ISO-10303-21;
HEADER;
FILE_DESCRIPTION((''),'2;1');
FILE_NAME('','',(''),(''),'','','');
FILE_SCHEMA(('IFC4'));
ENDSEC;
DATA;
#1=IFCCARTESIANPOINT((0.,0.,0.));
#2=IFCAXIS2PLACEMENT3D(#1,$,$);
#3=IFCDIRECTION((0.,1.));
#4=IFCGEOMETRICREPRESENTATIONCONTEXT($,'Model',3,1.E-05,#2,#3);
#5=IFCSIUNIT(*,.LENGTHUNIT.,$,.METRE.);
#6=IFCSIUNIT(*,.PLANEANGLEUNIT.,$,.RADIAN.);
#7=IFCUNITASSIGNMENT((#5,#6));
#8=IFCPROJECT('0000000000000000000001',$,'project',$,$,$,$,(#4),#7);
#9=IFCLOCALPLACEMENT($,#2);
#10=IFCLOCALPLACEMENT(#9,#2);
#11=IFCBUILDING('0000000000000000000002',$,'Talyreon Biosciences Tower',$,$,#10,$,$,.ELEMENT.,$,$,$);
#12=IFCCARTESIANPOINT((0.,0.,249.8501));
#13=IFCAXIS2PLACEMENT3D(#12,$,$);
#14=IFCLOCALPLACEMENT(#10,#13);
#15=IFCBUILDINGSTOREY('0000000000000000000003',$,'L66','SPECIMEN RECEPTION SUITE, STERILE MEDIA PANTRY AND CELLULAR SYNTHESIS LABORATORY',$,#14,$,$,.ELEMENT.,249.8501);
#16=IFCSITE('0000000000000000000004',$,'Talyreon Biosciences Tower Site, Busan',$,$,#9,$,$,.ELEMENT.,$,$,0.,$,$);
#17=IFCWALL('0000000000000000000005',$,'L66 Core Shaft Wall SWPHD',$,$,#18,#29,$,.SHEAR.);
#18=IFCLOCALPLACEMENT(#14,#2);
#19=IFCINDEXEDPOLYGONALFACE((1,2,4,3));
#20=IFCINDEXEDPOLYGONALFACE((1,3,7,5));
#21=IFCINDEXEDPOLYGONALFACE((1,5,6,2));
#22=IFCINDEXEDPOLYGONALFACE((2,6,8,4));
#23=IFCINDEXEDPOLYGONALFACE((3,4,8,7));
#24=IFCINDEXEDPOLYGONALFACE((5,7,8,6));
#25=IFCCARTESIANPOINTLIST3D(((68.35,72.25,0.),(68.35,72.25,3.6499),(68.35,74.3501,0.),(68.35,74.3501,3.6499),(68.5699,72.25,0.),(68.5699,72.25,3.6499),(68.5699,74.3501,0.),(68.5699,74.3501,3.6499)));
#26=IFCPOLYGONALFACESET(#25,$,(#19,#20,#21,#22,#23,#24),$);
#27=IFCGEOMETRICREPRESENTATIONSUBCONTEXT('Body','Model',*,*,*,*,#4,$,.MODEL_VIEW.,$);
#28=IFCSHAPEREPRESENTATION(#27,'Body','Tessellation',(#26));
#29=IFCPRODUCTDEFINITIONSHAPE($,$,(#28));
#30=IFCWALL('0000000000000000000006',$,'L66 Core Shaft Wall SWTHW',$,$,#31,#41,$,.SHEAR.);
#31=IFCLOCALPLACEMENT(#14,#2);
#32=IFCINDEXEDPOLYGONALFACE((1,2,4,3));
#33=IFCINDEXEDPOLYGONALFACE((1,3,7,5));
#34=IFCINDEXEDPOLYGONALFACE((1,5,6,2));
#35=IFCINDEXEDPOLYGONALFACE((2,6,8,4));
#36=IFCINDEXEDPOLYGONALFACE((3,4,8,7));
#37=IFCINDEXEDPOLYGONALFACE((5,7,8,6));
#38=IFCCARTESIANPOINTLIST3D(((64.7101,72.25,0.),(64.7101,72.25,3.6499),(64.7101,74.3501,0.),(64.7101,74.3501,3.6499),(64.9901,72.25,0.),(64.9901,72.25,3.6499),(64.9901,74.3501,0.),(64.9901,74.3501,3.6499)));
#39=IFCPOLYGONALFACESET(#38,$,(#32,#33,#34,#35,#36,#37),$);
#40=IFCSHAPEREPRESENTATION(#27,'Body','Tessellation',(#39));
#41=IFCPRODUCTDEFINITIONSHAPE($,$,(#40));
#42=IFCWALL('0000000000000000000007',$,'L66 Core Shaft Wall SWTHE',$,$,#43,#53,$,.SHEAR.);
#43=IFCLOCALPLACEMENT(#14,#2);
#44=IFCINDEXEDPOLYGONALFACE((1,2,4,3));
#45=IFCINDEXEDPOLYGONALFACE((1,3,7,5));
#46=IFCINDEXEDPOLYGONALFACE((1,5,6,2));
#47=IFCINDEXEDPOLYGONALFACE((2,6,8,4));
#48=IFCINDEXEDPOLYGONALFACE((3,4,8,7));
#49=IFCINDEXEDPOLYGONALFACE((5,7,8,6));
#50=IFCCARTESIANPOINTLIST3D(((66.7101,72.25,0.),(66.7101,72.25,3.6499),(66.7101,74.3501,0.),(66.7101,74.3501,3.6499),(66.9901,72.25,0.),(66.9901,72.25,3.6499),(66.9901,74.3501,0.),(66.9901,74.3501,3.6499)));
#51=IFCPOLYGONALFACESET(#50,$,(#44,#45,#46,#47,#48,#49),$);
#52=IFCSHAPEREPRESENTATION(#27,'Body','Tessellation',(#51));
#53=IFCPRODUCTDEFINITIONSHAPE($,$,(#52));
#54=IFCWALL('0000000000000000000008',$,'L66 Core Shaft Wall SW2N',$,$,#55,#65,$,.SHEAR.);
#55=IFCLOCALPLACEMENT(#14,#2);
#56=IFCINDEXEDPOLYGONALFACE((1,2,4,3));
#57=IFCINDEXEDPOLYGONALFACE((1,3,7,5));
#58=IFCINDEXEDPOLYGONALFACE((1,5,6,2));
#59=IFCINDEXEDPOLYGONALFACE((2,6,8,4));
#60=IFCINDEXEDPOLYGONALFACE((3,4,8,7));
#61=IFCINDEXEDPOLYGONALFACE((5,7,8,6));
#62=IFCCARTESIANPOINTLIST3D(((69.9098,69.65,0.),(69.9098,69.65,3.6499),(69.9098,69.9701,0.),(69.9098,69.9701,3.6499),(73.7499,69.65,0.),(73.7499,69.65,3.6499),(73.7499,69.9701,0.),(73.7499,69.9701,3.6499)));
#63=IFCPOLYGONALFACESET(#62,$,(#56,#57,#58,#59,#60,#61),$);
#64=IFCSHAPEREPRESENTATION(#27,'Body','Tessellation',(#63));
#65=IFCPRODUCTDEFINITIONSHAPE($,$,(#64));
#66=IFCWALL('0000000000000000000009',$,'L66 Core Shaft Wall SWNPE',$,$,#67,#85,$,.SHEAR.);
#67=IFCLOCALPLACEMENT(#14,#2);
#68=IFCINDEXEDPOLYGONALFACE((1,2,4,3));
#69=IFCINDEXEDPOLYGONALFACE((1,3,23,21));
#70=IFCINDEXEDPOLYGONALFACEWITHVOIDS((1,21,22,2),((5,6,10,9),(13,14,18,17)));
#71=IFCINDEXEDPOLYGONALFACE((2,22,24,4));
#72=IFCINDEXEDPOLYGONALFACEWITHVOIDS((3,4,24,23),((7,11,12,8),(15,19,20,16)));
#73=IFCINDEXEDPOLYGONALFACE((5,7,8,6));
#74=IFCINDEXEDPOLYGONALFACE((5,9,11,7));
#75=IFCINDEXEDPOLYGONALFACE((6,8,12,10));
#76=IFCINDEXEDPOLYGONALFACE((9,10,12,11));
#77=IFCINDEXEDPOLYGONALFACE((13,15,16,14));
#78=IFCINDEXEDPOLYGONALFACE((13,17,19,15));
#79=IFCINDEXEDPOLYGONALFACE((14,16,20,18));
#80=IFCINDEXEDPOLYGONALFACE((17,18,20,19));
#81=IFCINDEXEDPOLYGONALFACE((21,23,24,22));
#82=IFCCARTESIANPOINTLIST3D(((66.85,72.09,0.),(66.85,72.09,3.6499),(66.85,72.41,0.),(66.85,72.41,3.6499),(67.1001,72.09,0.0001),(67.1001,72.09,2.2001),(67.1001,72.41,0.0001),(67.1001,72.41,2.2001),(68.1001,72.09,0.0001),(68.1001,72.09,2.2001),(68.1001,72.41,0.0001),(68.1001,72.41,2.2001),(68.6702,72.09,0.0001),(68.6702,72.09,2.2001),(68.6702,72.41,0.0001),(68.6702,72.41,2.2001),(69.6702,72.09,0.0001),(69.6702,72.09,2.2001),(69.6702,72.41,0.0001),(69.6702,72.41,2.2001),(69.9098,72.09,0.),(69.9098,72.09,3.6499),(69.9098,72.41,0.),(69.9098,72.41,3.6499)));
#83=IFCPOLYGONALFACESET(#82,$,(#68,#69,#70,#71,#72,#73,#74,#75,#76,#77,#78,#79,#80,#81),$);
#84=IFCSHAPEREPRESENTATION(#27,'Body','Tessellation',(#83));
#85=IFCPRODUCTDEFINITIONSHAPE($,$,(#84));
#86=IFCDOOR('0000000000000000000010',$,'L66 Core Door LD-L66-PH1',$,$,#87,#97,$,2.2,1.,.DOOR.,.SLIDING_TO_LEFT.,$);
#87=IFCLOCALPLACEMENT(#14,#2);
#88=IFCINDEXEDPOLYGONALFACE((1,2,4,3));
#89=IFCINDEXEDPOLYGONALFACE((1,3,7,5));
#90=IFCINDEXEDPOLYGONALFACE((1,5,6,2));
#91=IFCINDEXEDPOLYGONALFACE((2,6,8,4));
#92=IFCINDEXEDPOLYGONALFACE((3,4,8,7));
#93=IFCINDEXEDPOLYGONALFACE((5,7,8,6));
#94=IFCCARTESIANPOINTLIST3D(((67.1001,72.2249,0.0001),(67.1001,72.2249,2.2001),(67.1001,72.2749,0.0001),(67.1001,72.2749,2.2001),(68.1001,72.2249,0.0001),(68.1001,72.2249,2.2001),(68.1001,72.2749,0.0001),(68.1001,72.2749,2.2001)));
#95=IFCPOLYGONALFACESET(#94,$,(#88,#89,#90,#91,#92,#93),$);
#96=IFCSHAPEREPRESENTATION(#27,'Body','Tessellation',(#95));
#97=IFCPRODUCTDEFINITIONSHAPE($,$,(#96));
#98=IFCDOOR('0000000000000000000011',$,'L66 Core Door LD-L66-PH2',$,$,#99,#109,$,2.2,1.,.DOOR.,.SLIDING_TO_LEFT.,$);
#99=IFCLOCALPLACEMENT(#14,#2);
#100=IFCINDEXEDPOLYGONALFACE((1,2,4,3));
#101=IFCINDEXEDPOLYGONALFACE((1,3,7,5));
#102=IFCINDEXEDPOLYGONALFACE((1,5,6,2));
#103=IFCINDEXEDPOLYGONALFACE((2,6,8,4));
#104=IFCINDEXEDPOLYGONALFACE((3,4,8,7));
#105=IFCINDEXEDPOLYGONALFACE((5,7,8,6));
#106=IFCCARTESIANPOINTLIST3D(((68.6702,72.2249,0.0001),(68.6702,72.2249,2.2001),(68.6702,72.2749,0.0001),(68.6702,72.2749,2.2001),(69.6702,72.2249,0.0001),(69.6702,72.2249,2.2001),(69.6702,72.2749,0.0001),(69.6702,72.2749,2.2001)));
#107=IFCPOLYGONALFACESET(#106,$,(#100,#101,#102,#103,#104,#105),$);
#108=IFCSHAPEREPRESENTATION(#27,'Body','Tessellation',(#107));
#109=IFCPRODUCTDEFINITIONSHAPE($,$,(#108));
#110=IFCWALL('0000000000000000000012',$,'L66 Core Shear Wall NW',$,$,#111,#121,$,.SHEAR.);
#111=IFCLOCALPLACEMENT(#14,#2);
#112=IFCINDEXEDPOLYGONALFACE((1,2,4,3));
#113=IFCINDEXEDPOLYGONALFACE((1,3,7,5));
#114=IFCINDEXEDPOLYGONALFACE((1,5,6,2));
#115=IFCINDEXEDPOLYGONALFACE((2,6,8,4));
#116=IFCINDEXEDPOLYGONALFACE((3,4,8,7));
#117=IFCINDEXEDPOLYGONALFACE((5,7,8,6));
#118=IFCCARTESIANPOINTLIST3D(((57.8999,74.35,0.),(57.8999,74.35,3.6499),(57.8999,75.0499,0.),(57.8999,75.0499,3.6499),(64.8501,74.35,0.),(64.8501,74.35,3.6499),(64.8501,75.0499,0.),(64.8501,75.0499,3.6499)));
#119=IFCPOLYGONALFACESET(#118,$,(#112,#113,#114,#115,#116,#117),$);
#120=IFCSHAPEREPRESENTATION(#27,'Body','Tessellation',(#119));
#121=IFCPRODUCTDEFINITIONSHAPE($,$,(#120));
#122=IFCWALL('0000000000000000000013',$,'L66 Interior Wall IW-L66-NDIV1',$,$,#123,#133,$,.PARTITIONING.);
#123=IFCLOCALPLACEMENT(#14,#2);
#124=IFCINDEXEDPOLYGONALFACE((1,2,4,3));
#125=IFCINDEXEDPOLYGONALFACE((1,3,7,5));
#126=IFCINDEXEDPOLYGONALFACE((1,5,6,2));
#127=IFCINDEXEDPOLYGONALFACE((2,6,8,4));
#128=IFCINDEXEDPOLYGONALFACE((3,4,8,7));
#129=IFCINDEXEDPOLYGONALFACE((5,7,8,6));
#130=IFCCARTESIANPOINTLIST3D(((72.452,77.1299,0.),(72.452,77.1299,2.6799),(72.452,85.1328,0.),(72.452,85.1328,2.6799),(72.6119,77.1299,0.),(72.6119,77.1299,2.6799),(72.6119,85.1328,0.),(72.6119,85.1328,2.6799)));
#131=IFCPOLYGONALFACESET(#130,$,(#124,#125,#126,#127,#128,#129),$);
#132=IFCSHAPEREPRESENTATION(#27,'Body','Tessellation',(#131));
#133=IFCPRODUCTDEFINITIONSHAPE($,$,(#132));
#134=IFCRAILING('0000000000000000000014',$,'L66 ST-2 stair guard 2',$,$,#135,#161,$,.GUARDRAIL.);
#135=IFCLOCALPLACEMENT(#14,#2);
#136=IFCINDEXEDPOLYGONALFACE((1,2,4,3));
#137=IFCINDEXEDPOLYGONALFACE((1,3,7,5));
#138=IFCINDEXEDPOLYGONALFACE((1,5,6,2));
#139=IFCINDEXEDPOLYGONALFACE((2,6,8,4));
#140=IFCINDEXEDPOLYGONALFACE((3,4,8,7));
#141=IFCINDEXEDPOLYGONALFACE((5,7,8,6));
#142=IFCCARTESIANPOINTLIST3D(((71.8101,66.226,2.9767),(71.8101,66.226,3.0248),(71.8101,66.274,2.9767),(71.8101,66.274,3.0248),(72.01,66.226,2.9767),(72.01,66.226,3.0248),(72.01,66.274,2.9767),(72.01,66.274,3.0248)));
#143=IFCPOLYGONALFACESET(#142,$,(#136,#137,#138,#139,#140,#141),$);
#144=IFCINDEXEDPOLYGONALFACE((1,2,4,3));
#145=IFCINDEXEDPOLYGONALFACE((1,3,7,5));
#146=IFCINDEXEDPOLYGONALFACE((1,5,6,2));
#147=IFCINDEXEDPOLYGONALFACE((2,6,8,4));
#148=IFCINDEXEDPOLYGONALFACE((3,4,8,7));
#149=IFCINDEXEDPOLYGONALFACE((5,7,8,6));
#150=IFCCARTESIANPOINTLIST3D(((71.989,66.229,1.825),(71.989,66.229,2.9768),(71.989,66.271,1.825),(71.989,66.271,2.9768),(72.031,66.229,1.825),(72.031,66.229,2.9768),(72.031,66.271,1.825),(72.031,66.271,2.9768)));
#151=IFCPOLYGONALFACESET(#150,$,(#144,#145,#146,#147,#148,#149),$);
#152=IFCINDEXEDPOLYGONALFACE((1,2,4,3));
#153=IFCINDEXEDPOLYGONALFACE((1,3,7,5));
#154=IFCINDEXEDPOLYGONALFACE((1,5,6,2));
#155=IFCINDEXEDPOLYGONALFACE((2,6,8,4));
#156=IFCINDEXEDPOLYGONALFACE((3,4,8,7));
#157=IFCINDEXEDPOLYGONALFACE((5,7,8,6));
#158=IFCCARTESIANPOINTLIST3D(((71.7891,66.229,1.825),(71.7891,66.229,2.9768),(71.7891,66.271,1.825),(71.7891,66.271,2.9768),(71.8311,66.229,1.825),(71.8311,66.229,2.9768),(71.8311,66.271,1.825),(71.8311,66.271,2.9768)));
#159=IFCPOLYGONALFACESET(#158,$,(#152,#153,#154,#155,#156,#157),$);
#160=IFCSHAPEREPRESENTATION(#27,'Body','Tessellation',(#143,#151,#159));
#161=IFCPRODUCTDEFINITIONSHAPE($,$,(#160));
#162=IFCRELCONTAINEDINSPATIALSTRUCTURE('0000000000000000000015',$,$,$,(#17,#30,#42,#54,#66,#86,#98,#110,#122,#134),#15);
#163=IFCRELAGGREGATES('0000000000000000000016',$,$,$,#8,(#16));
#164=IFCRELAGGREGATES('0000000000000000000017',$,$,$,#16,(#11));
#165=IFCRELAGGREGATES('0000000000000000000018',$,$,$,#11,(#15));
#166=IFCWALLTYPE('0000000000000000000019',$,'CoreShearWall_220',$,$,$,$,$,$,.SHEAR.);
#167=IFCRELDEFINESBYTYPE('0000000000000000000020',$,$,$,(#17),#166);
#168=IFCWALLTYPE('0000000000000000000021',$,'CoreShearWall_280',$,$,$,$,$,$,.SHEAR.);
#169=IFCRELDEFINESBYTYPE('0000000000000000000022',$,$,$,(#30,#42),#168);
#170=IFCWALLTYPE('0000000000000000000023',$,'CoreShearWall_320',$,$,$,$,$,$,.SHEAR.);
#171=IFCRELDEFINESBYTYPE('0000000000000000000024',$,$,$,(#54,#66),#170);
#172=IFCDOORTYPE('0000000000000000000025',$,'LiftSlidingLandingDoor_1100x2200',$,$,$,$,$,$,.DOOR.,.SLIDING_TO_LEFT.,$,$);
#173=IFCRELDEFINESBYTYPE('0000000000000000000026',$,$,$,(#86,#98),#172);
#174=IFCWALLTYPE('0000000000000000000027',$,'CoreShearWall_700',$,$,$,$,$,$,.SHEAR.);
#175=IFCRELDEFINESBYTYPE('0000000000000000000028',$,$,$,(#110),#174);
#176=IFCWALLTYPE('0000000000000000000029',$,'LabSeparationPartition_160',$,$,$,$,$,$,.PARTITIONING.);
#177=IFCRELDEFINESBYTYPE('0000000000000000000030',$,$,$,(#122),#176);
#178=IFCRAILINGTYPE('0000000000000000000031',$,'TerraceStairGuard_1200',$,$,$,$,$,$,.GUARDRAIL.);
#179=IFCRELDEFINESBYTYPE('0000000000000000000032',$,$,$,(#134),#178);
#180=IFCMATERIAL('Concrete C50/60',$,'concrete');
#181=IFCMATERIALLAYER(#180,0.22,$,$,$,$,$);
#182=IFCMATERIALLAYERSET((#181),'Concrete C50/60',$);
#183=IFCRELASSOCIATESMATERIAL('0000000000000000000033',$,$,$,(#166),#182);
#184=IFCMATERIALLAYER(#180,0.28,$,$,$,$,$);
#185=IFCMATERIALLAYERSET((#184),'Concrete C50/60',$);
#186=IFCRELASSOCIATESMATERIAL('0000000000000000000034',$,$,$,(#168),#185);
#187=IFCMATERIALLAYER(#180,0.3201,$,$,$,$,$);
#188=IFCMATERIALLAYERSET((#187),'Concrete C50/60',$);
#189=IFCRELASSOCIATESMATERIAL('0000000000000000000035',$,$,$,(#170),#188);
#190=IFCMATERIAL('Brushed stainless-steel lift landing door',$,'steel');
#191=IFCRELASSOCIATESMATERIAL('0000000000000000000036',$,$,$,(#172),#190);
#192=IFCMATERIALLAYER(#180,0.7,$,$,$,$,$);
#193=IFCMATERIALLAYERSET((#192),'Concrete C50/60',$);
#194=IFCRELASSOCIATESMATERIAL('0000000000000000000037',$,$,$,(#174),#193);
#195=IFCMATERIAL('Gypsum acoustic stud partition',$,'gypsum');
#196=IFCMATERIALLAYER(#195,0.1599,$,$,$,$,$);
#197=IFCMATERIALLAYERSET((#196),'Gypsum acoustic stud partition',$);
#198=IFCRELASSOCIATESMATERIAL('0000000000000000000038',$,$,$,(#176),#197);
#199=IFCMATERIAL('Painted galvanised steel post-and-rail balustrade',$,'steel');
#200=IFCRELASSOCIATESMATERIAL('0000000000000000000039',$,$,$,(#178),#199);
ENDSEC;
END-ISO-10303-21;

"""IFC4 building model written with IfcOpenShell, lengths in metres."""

from ifc_helpers import new_model, si_unit, direction, frame, frame_2d, origin, origin_2d, place, context, subcontext, project, spatial, rectangle, extrude, material, layer, layer_set, type_object, element, fill, save


model = new_model("IFC4")

# Units and contexts
model_context = context("Model", 3, precision=1e-05, world=origin(), true_north=direction((0.0, 1.0)))
body_context = subcontext(model_context, "Body", "Model", "MODEL_VIEW")
ifc_project = project(units=[si_unit("LENGTHUNIT", "METRE"), si_unit("PLANEANGLEUNIT", "RADIAN")], contexts=[model_context])

# Site, building, storey
site_placement = place(None, origin())
site = spatial("IfcSite", under=ifc_project, at=site_placement, Name="Talyreon Biosciences Tower Site, Busan", CompositionType="ELEMENT", RefElevation=0.0)
building_placement = place(site_placement, origin())
building = spatial("IfcBuilding", under=site, at=building_placement, Name="Talyreon Biosciences Tower", CompositionType="ELEMENT")
storey_placement = place(building_placement, frame((0.0, 0.0, 249.8501)))
storey = spatial("IfcBuildingStorey", under=building, at=storey_placement, Name="L66", Description="SPECIMEN RECEPTION SUITE, STERILE MEDIA PANTRY AND CELLULAR SYNTHESIS LABORATORY", CompositionType="ELEMENT", Elevation=249.8501)

# Shared definitions
ifc_material_1 = material(Name="Concrete C50/60", Category="concrete")

# Walls
ifc_layer_1 = layer(ifc_material_1, 0.22)
ifc_layer_set_1 = layer_set([ifc_layer_1], Name="Concrete C50/60")
wall_type_1 = type_object("IfcWallType", Name="CoreShearWall_220", PredefinedType="SHEAR", material=ifc_layer_set_1)
wall_1_placement = place(storey_placement, frame((68.46, 72.25, 0.0), z_axis=(0.0, 0.0, 1.0), x_axis=(0.0, 1.0, 0.0)))
element("IfcWall", 1, at=wall_1_placement, inside=storey, type_object=wall_type_1, Name="L66 Core Shaft Wall SWPHD", PredefinedType="SHEAR", context=body_context, shape_type="SweptSolid", body=[
    extrude(rectangle(XDim=2.1001, YDim=0.22, at=frame_2d((1.05, 0.0))), origin(), (0.0, 0.0, 1.0), 3.6499),
])
ifc_layer_2 = layer(ifc_material_1, 0.28)
ifc_layer_set_2 = layer_set([ifc_layer_2], Name="Concrete C50/60")
wall_type_2 = type_object("IfcWallType", Name="CoreShearWall_280", PredefinedType="SHEAR", material=ifc_layer_set_2)
for number, where, z_axis, x_axis, name in (
    (2, (64.8501, 72.25, 0.0), (0.0, 0.0, 1.0), (0.0, 1.0, 0.0), "L66 Core Shaft Wall SWTHW"),
    (3, (66.8501, 72.25, 0.0), (0.0, 0.0, 1.0), (0.0, 1.0, 0.0), "L66 Core Shaft Wall SWTHE"),
):
    element("IfcWall", number, at=place(storey_placement, frame(where, z_axis=z_axis, x_axis=x_axis)), inside=storey, type_object=wall_type_2, Name=name, PredefinedType="SHEAR", context=body_context, shape_type="SweptSolid", body=[
        extrude(rectangle(XDim=2.1001, YDim=0.28, at=frame_2d((1.05, 0.0))), origin(), (0.0, 0.0, 1.0), 3.6499),
    ])
ifc_layer_3 = layer(ifc_material_1, 0.3201)
ifc_layer_set_3 = layer_set([ifc_layer_3], Name="Concrete C50/60")
wall_type_3 = type_object("IfcWallType", Name="CoreShearWall_320", PredefinedType="SHEAR", material=ifc_layer_set_3)
wall_2_placement = place(storey_placement, frame((69.9099, 69.8101, 0.0), z_axis=(0.0, 0.0, 1.0), x_axis=(1.0, 0.0, 0.0)))
element("IfcWall", 4, at=wall_2_placement, inside=storey, type_object=wall_type_3, Name="L66 Core Shaft Wall SW2N", PredefinedType="SHEAR", context=body_context, shape_type="SweptSolid", body=[
    extrude(rectangle(XDim=3.8401, YDim=0.3201, at=frame_2d((1.9199, 0.0))), origin(), (0.0, 0.0, 1.0), 3.6499),
])

# Wall, openings, doors
wall_3_placement = place(storey_placement, frame((66.8501, 72.25, 0.0), z_axis=(0.0, 0.0, 1.0), x_axis=(1.0, 0.0, 0.0)))
wall_3 = element("IfcWall", 5, at=wall_3_placement, inside=storey, type_object=wall_type_3, Name="L66 Core Shaft Wall SWNPE", PredefinedType="SHEAR", context=body_context, shape_type="SweptSolid", body=[
    extrude(rectangle(XDim=3.0598, YDim=0.3201, at=frame_2d((1.5298, 0.0))), origin(), (0.0, 0.0, 1.0), 3.6499),
])
opening_1_placement = place(wall_3_placement, frame((0.25, 0.0, 0.0)))
opening_1 = element("IfcOpeningElement", 6, at=opening_1_placement, cuts=wall_3, PredefinedType="OPENING", context=body_context, shape_type="SweptSolid", body=[
    extrude(rectangle(XDim=1.0, YDim=2.2, at=frame_2d((0.5, 1.1001))), frame((0.0, 0.1699, 0.0), z_axis=(0.0, -1.0, 0.0), x_axis=(1.0, 0.0, 0.0)), (0.0, 0.0, 1.0), 0.3401),
])
opening_2_placement = place(wall_3_placement, frame((1.8201, 0.0, 0.0)))
opening_2 = element("IfcOpeningElement", 7, at=opening_2_placement, cuts=wall_3, PredefinedType="OPENING", context=body_context, shape_type="SweptSolid", body=[
    extrude(rectangle(XDim=1.0, YDim=2.2, at=frame_2d((0.5, 1.1001))), frame((0.0, 0.1699, 0.0), z_axis=(0.0, -1.0, 0.0), x_axis=(1.0, 0.0, 0.0)), (0.0, 0.0, 1.0), 0.3401),
])
ifc_material_2 = material(Name="Brushed stainless-steel lift landing door", Category="steel")
door_type = type_object("IfcDoorType", Name="LiftSlidingLandingDoor_1100x2200", OperationType="SLIDING_TO_LEFT", PredefinedType="DOOR", material=ifc_material_2)
door_1_placement = place(opening_1_placement, origin())
door_1 = element("IfcDoor", 8, at=door_1_placement, inside=storey, type_object=door_type, Name="L66 Core Door LD-L66-PH1", OperationType="SLIDING_TO_LEFT", OverallHeight=2.2, OverallWidth=1.0, PredefinedType="DOOR", context=body_context, shape_type="SweptSolid", body=[
    extrude(rectangle(XDim=1.0, YDim=2.2, at=frame_2d((0.5, 1.1001))), frame((0.0, 0.0249, 0.0), z_axis=(0.0, -1.0, 0.0), x_axis=(1.0, 0.0, 0.0)), (0.0, 0.0, 1.0), 0.05),
])
fill(opening_1, door_1)
door_2_placement = place(opening_2_placement, origin())
door_2 = element("IfcDoor", 9, at=door_2_placement, inside=storey, type_object=door_type, Name="L66 Core Door LD-L66-PH2", OperationType="SLIDING_TO_LEFT", OverallHeight=2.2, OverallWidth=1.0, PredefinedType="DOOR", context=body_context, shape_type="SweptSolid", body=[
    extrude(rectangle(XDim=1.0, YDim=2.2, at=frame_2d((0.5, 1.1001))), frame((0.0, 0.0249, 0.0), z_axis=(0.0, -1.0, 0.0), x_axis=(1.0, 0.0, 0.0)), (0.0, 0.0, 1.0), 0.05),
])
fill(opening_2, door_2)

# Walls
ifc_layer_4 = layer(ifc_material_1, 0.7)
ifc_layer_set_4 = layer_set([ifc_layer_4], Name="Concrete C50/60")
wall_type_4 = type_object("IfcWallType", Name="CoreShearWall_700", PredefinedType="SHEAR", material=ifc_layer_set_4)
wall_4_placement = place(storey_placement, frame((64.8501, 74.7, 0.0), z_axis=(0.0, 0.0, 1.0), x_axis=(-1.0, 0.0, 0.0)))
element("IfcWall", 10, at=wall_4_placement, inside=storey, type_object=wall_type_4, Name="L66 Core Shear Wall NW", PredefinedType="SHEAR", context=body_context, shape_type="SweptSolid", body=[
    extrude(rectangle(XDim=6.9502, YDim=0.7, at=frame_2d((3.4751, 0.0))), origin(), (0.0, 0.0, 1.0), 3.6499),
])
ifc_material_3 = material(Name="Gypsum acoustic stud partition", Category="gypsum")
ifc_layer_5 = layer(ifc_material_3, 0.1599)
ifc_layer_set_5 = layer_set([ifc_layer_5], Name="Gypsum acoustic stud partition")
wall_type_5 = type_object("IfcWallType", Name="LabSeparationPartition_160", PredefinedType="PARTITIONING", material=ifc_layer_set_5)
wall_5_placement = place(storey_placement, frame((72.532, 77.1299, 0.0), z_axis=(0.0, 0.0, 1.0), x_axis=(0.0, 1.0, 0.0)))
element("IfcWall", 11, at=wall_5_placement, inside=storey, type_object=wall_type_5, Name="L66 Interior Wall IW-L66-NDIV1", PredefinedType="PARTITIONING", context=body_context, shape_type="SweptSolid", body=[
    extrude(rectangle(XDim=8.0029, YDim=0.1599, at=frame_2d((4.0015, 0.0))), origin(), (0.0, 0.0, 1.0), 2.6799),
])

# Railing
ifc_material_4 = material(Name="Painted galvanised steel post-and-rail balustrade", Category="steel")
railing_type = type_object("IfcRailingType", Name="TerraceStairGuard_1200", PredefinedType="GUARDRAIL", material=ifc_material_4)
railing_placement = place(storey_placement, frame((72.01, 66.25, 1.825)))
element("IfcRailing", 12, at=railing_placement, inside=storey, type_object=railing_type, Name="L66 ST-2 stair guard 2", PredefinedType="GUARDRAIL", context=body_context, shape_type="SweptSolid", body=[
    extrude(rectangle(XDim=0.0481, YDim=0.0481, at=origin_2d()), frame((0.0, 0.0, 1.1758), z_axis=(-1.0, 0.0, 0.0), x_axis=(0.0, -1.0, 0.0)), (0.0, 0.0, 1.0), 0.2),
    extrude(rectangle(XDim=0.042, YDim=0.042, at=origin_2d()), origin(), (0.0, 0.0, 1.0), 1.1519),
    extrude(rectangle(XDim=0.042, YDim=0.042, at=origin_2d()), frame((-0.2, 0.0, 0.0)), (0.0, 0.0, 1.0), 1.1519),
])

save(model, "model.ifc")
